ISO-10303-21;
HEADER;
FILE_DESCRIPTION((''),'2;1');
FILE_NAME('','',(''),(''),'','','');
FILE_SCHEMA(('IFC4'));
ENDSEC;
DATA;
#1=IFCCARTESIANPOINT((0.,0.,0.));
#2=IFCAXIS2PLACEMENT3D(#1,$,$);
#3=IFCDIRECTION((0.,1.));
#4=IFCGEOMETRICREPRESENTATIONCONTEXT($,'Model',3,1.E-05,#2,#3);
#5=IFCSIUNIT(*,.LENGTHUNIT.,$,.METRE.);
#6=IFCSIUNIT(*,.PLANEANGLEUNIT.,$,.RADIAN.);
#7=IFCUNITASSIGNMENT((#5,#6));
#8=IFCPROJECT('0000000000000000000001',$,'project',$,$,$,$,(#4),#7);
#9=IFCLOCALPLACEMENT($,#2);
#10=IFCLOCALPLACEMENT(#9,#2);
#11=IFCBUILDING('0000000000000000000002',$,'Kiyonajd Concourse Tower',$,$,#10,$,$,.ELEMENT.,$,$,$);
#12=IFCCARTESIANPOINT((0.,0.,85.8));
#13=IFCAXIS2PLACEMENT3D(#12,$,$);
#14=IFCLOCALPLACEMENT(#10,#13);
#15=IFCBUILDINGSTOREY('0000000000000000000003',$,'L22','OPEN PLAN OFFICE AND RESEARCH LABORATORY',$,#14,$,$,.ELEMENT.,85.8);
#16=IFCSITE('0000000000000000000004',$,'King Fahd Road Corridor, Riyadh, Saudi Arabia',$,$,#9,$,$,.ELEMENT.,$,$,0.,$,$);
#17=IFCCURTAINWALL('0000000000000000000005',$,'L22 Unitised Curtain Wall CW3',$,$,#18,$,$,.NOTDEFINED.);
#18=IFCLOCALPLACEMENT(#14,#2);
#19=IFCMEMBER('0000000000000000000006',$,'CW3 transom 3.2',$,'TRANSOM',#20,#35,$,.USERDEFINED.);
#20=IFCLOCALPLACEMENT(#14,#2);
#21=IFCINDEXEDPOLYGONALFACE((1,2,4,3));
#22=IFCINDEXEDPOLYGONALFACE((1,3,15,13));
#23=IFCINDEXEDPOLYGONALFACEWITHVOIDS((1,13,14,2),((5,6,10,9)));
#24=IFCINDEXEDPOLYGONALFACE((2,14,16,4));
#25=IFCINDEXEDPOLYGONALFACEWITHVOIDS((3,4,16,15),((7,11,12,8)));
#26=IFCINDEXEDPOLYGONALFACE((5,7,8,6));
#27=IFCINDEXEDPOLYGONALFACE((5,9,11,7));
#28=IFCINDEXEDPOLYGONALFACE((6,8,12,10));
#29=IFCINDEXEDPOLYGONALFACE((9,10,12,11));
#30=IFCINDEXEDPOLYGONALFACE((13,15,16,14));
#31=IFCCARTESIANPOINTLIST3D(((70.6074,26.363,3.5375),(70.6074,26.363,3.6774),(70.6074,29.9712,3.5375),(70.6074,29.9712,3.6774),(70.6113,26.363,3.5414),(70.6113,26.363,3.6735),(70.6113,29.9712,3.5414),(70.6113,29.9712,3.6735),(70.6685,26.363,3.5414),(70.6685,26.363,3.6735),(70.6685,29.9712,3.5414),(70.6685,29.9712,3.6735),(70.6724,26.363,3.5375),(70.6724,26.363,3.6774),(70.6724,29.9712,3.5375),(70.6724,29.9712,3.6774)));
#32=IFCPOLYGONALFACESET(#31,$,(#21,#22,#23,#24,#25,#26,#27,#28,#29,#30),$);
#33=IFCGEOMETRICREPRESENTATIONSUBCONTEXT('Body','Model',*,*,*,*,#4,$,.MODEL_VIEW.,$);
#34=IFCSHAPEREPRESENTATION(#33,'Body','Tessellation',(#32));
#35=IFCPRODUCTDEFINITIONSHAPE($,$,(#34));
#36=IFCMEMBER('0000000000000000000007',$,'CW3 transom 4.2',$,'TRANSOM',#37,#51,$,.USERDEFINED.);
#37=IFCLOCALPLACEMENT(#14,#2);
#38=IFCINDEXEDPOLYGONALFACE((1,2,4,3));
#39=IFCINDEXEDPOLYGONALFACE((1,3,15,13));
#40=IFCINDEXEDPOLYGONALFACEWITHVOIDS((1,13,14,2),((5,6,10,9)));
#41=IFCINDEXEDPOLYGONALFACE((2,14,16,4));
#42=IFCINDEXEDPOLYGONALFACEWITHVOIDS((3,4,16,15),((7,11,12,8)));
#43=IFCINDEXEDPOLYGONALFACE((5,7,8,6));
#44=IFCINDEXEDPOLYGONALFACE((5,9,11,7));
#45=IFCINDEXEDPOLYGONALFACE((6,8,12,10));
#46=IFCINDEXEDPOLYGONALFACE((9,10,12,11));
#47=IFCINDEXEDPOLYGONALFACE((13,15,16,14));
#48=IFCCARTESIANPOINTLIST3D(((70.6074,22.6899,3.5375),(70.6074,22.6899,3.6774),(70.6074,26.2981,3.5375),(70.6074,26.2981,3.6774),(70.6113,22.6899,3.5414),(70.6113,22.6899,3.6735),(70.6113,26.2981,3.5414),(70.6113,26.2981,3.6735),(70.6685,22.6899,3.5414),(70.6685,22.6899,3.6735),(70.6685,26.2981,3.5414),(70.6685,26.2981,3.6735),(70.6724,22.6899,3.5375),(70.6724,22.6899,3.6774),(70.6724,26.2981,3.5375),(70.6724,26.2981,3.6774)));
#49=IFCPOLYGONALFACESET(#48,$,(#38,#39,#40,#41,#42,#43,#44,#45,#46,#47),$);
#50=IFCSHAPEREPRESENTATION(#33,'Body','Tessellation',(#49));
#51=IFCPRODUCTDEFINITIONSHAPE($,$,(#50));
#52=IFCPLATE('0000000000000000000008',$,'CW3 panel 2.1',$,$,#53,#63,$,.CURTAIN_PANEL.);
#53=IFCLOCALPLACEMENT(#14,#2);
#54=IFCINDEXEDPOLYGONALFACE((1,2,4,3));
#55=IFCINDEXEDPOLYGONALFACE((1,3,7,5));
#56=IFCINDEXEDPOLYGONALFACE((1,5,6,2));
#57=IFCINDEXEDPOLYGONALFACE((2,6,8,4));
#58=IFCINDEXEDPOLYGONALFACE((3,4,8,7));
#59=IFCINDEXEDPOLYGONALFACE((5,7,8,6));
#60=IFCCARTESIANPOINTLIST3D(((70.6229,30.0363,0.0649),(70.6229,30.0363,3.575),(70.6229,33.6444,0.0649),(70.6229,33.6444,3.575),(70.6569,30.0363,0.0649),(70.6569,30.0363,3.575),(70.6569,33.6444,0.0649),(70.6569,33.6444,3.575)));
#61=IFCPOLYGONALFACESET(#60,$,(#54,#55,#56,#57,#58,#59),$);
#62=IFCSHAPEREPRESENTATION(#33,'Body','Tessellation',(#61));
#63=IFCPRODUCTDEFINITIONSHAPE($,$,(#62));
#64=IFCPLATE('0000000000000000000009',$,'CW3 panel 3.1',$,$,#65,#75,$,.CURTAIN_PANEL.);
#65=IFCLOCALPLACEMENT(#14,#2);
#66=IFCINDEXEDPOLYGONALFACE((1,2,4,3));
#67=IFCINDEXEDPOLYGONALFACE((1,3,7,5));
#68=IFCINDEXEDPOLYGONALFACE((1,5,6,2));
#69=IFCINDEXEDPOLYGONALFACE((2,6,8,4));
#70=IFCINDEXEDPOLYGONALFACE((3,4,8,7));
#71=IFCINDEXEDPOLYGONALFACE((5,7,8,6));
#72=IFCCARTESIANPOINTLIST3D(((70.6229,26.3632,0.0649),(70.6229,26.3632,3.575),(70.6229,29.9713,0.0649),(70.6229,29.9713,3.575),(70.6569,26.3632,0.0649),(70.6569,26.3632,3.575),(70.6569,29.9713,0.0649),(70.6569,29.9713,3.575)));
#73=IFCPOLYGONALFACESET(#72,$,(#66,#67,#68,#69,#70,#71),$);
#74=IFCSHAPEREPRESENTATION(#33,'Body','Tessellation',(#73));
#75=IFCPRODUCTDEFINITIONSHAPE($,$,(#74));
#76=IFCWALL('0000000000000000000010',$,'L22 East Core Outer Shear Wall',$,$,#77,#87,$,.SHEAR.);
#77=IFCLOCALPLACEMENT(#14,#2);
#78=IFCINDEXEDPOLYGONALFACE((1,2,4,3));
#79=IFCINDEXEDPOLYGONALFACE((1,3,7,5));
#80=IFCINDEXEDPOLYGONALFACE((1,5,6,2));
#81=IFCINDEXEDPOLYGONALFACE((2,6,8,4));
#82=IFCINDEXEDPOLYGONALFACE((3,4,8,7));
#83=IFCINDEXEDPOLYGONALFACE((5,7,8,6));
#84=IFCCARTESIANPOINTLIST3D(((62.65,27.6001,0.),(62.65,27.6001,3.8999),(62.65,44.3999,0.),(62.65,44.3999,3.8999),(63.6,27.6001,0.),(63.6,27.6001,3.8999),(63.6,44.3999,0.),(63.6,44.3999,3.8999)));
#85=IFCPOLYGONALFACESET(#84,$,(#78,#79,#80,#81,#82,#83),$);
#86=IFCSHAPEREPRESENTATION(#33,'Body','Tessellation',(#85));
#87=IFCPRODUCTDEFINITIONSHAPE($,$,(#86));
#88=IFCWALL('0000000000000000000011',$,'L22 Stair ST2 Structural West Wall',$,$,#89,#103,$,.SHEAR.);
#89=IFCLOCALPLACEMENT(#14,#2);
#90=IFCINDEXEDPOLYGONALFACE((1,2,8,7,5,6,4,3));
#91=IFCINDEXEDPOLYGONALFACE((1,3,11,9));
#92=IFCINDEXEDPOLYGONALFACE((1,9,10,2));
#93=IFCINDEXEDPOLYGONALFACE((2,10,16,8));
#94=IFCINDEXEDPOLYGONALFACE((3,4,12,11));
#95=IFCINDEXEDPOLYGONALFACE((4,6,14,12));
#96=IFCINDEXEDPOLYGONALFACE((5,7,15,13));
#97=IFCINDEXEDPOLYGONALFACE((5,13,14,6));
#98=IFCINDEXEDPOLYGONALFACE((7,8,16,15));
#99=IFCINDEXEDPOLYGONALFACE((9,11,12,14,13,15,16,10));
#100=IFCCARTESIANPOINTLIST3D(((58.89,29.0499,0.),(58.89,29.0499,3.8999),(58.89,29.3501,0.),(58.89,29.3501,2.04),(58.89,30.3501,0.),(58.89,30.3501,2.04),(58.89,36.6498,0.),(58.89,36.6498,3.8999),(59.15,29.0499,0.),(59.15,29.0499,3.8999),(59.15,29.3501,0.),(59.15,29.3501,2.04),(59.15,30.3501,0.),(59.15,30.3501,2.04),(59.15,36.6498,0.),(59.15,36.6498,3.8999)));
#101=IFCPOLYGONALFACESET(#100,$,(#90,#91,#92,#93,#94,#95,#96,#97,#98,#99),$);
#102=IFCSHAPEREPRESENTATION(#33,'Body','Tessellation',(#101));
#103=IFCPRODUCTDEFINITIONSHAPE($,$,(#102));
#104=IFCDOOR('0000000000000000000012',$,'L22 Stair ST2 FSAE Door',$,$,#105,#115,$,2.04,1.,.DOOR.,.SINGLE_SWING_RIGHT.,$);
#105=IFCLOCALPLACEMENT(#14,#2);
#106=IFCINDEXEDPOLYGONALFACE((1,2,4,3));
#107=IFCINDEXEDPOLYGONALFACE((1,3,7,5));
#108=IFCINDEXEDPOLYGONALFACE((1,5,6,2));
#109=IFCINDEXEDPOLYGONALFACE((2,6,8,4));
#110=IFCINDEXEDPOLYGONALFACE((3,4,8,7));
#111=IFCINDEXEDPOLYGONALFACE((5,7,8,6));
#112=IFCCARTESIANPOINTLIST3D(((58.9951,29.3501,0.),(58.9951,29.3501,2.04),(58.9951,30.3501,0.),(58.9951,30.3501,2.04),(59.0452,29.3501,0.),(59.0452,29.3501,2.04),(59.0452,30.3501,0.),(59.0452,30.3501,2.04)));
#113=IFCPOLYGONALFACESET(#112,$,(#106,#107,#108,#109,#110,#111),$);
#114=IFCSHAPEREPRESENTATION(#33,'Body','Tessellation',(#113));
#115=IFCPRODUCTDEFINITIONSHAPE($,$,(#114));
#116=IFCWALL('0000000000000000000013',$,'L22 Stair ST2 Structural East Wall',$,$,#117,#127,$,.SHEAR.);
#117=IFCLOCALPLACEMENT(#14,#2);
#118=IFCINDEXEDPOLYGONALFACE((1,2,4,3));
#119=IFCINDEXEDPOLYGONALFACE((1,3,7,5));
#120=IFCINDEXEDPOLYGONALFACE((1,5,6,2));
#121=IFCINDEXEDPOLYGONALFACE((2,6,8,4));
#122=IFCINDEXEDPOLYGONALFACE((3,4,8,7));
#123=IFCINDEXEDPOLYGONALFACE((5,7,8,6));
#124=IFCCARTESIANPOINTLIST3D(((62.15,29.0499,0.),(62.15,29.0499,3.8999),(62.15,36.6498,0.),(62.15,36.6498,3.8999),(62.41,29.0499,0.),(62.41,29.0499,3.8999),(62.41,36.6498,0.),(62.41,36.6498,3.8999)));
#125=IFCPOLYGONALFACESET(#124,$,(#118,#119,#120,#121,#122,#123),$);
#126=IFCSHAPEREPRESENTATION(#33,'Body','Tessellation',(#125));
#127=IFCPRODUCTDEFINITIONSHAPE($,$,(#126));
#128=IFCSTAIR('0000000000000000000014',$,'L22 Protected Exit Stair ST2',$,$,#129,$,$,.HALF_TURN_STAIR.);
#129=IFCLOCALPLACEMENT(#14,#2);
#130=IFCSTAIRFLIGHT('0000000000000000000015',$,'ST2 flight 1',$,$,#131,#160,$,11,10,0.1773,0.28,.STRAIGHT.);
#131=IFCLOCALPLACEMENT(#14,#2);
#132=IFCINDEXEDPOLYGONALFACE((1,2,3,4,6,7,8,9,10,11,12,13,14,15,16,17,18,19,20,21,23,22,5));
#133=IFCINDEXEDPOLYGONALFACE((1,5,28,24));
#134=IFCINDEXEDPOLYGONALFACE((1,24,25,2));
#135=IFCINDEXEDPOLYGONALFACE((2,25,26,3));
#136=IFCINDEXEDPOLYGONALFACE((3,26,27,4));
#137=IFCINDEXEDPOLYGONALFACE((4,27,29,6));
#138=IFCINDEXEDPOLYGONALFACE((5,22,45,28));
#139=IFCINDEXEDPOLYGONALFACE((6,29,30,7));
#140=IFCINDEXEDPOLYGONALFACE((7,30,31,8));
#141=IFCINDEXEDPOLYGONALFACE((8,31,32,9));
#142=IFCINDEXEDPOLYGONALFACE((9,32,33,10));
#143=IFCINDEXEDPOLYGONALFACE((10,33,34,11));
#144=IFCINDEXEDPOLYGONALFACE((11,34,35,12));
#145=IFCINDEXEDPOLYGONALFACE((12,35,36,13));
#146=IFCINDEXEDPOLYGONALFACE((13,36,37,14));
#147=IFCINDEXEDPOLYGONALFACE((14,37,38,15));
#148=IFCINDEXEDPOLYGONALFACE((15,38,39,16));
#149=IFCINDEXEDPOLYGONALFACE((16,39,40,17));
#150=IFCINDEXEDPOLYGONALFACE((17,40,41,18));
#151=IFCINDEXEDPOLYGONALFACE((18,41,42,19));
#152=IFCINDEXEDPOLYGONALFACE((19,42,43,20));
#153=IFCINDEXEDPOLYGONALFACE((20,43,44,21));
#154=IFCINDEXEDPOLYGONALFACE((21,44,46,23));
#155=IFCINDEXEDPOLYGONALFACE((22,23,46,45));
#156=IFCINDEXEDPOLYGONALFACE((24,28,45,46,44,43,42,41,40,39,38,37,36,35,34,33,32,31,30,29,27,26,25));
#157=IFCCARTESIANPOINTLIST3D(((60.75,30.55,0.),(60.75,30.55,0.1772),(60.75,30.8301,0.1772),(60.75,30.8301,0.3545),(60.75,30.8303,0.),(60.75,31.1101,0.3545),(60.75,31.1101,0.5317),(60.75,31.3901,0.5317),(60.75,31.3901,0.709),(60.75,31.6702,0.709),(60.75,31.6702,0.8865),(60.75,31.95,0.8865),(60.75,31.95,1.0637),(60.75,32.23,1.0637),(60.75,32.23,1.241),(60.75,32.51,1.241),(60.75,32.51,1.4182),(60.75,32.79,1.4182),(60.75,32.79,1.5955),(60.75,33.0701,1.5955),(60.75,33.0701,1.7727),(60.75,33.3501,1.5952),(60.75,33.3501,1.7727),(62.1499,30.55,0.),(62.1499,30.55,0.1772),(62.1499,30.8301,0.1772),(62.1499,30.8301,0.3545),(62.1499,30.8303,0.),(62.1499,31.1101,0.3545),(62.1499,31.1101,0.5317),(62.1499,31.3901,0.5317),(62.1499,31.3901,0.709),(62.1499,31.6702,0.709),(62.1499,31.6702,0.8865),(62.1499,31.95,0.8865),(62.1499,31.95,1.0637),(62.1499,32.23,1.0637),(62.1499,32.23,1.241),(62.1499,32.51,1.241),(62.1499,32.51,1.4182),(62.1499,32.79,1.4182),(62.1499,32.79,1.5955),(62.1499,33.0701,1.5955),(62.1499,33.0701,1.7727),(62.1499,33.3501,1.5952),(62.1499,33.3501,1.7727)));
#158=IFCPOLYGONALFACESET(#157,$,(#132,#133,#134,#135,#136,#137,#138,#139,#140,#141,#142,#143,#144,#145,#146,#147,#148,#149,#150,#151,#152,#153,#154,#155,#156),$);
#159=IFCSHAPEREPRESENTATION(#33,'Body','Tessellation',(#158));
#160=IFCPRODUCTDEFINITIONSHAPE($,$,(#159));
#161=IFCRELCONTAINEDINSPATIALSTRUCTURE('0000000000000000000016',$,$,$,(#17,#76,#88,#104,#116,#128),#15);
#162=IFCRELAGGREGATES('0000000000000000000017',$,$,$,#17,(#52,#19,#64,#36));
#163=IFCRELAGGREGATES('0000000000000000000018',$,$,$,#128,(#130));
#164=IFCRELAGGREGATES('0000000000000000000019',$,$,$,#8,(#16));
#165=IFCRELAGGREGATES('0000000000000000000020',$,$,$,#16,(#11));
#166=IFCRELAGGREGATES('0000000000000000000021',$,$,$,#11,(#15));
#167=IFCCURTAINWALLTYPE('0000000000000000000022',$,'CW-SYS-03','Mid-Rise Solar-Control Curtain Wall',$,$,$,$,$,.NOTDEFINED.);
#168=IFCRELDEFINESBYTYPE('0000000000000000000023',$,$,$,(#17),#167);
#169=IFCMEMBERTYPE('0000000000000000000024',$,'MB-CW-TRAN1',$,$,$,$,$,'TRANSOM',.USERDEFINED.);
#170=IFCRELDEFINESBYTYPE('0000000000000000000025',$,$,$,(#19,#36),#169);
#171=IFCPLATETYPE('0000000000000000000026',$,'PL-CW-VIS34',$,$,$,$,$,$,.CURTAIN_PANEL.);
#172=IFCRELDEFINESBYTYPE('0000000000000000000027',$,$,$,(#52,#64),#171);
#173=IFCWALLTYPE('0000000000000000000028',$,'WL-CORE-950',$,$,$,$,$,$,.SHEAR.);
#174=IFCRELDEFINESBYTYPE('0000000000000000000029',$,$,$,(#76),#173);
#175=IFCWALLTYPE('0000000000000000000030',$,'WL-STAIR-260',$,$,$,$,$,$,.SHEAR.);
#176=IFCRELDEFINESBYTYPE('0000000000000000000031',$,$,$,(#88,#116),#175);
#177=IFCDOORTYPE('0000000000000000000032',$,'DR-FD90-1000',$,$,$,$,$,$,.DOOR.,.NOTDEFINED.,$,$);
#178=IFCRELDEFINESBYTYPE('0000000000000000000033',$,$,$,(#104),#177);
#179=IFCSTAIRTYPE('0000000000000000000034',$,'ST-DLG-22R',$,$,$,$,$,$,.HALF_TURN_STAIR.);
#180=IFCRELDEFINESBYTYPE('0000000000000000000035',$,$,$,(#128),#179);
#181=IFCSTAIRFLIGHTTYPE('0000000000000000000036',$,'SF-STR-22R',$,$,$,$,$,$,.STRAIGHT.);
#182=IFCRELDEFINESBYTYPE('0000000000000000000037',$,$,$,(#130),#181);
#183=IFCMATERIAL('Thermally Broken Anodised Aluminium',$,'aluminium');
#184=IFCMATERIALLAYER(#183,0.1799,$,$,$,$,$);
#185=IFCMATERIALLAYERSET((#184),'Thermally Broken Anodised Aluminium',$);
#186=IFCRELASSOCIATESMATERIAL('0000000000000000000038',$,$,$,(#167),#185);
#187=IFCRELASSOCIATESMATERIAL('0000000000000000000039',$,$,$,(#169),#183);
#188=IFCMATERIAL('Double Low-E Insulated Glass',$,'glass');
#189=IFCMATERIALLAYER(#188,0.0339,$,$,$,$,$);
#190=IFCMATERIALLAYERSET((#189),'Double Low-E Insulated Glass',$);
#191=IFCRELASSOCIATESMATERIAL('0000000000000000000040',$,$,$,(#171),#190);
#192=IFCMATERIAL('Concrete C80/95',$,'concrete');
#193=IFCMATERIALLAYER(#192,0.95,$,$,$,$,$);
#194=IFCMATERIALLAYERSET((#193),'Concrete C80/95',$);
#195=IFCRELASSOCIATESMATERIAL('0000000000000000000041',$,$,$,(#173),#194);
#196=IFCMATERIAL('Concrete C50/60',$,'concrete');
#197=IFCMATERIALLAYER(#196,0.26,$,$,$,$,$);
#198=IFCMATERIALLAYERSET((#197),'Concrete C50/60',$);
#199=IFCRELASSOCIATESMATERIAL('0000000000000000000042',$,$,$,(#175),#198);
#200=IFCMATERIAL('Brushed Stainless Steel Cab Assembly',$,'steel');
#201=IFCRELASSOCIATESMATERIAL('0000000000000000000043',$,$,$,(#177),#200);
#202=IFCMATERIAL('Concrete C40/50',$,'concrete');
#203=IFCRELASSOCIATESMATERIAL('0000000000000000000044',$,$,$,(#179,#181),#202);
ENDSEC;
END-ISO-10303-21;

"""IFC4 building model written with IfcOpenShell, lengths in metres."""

from ifc_helpers import new_model, si_unit, direction, frame, frame_2d, origin, origin_2d, place, context, subcontext, project, spatial, polyline, rectangle, hollow_rectangle, outline, extrude, material, layer, layer_set, material_profile, profile_set, type_object, element, fill, aggregate, save


model = new_model("IFC4")

# Units and contexts
model_context = context("Model", 3, precision=1e-05, world=origin(), true_north=direction((0.0, 1.0)))
body_context = subcontext(model_context, "Body", "Model", "MODEL_VIEW")
ifc_project = project(units=[si_unit("LENGTHUNIT", "METRE"), si_unit("PLANEANGLEUNIT", "RADIAN")], contexts=[model_context])

# Site, building, storey
site_placement = place(None, origin())
site = spatial("IfcSite", under=ifc_project, at=site_placement, Name="King Fahd Road Corridor, Riyadh, Saudi Arabia", CompositionType="ELEMENT", RefElevation=0.0)
building_placement = place(site_placement, origin())
building = spatial("IfcBuilding", under=site, at=building_placement, Name="Kiyonajd Concourse Tower", CompositionType="ELEMENT")
storey_placement = place(building_placement, frame((0.0, 0.0, 85.8)))
storey = spatial("IfcBuildingStorey", under=building, at=storey_placement, Name="L22", Description="OPEN PLAN OFFICE AND RESEARCH LABORATORY", CompositionType="ELEMENT", Elevation=85.8)

# Shared definitions
ifc_material_1 = material(Name="Concrete C80/95", Category="concrete")

# Shared definitions
ifc_material_2 = material(Name="Concrete C50/60", Category="concrete")

# Curtain wall, members, plates
ifc_material_3 = material(Name="Thermally Broken Anodised Aluminium", Category="aluminium")
ifc_layer_1 = layer(ifc_material_3, 0.1799)
ifc_layer_set_1 = layer_set([ifc_layer_1], Name="Thermally Broken Anodised Aluminium")
curtain_wall_type = type_object("IfcCurtainWallType", Name="CW-SYS-03", Description="Mid-Rise Solar-Control Curtain Wall", PredefinedType="NOTDEFINED", material=ifc_layer_set_1)
curtain_wall_placement = place(storey_placement, origin())
curtain_wall = element("IfcCurtainWall", 1, at=curtain_wall_placement, inside=storey, type_object=curtain_wall_type, Name="L22 Unitised Curtain Wall CW3", PredefinedType="NOTDEFINED")
ifc_material_profile_1 = material_profile(ifc_material_3, hollow_rectangle(XDim=0.0649, YDim=0.1399, WallThickness=0.0039, at=origin_2d()), Name="TRAN-65x140")
ifc_profile_set_1 = profile_set([ifc_material_profile_1], Name="Thermally Broken Anodised Aluminium")
member_type_1 = type_object("IfcMemberType", Name="MB-CW-TRAN1", ElementType="TRANSOM", PredefinedType="USERDEFINED", material=ifc_profile_set_1)
member_1_placement = place(storey_placement, frame((70.6399, 29.9712, 3.6074), z_axis=(0.0, -1.0, 0.0), x_axis=(1.0, 0.0, 0.0)))
member_1 = element("IfcMember", 2, at=member_1_placement, type_object=member_type_1, Name="CW3 transom 3.2", ObjectType="TRANSOM", PredefinedType="USERDEFINED", context=body_context, shape_type="SweptSolid", body=[
    extrude(hollow_rectangle(XDim=0.0649, YDim=0.1399, WallThickness=0.0039, at=origin_2d()), origin(), (0.0, 0.0, 1.0), 3.6082),
])
member_2_placement = place(storey_placement, frame((70.6399, 26.2981, 3.6074), z_axis=(0.0, -1.0, 0.0), x_axis=(1.0, 0.0, 0.0)))
member_2 = element("IfcMember", 3, at=member_2_placement, type_object=member_type_1, Name="CW3 transom 4.2", ObjectType="TRANSOM", PredefinedType="USERDEFINED", context=body_context, shape_type="SweptSolid", body=[
    extrude(hollow_rectangle(XDim=0.0649, YDim=0.1399, WallThickness=0.0039, at=origin_2d()), origin(), (0.0, 0.0, 1.0), 3.6082),
])
ifc_material_4 = material(Name="Double Low-E Insulated Glass", Category="glass")
ifc_layer_2 = layer(ifc_material_4, 0.0339)
ifc_layer_set_2 = layer_set([ifc_layer_2], Name="Double Low-E Insulated Glass")
plate_type = type_object("IfcPlateType", Name="PL-CW-VIS34", PredefinedType="CURTAIN_PANEL", material=ifc_layer_set_2)
plate_1_placement = place(storey_placement, frame((70.6399, 31.8403, 0.0649), z_axis=(0.0, 0.0, 1.0), x_axis=(0.0, -1.0, 0.0)))
plate_1 = element("IfcPlate", 4, at=plate_1_placement, type_object=plate_type, Name="CW3 panel 2.1", PredefinedType="CURTAIN_PANEL", context=body_context, shape_type="SweptSolid", body=[
    extrude(rectangle(XDim=3.6082, YDim=0.0339, at=origin_2d()), origin(), (0.0, 0.0, 1.0), 3.51),
])
plate_2_placement = place(storey_placement, frame((70.6399, 28.1672, 0.0649), z_axis=(0.0, 0.0, 1.0), x_axis=(0.0, -1.0, 0.0)))
plate_2 = element("IfcPlate", 5, at=plate_2_placement, type_object=plate_type, Name="CW3 panel 3.1", PredefinedType="CURTAIN_PANEL", context=body_context, shape_type="SweptSolid", body=[
    extrude(rectangle(XDim=3.6082, YDim=0.0339, at=origin_2d()), origin(), (0.0, 0.0, 1.0), 3.51),
])
aggregate(curtain_wall, [plate_1, member_1, plate_2, member_2])

# Wall
ifc_layer_3 = layer(ifc_material_1, 0.95)
ifc_layer_set_3 = layer_set([ifc_layer_3], Name="Concrete C80/95")
wall_type_1 = type_object("IfcWallType", Name="WL-CORE-950", PredefinedType="SHEAR", material=ifc_layer_set_3)
wall_1_placement = place(storey_placement, frame((63.125, 27.6001, 0.0), z_axis=(0.0, 0.0, 1.0), x_axis=(0.0, 1.0, 0.0)))
element("IfcWall", 6, at=wall_1_placement, inside=storey, type_object=wall_type_1, Name="L22 East Core Outer Shear Wall", PredefinedType="SHEAR", context=body_context, shape_type="SweptSolid", body=[
    extrude(rectangle(XDim=16.7998, YDim=0.95, at=frame_2d((8.3999, 0.0))), origin(), (0.0, 0.0, 1.0), 3.8999),
])

# Wall, opening, door
ifc_layer_4 = layer(ifc_material_2, 0.26)
ifc_layer_set_4 = layer_set([ifc_layer_4], Name="Concrete C50/60")
wall_type_2 = type_object("IfcWallType", Name="WL-STAIR-260", PredefinedType="SHEAR", material=ifc_layer_set_4)
wall_2_placement = place(storey_placement, frame((59.02, 29.05, 0.0), z_axis=(0.0, 0.0, 1.0), x_axis=(0.0, 1.0, 0.0)))
wall_2 = element("IfcWall", 7, at=wall_2_placement, inside=storey, type_object=wall_type_2, Name="L22 Stair ST2 Structural West Wall", PredefinedType="SHEAR", context=body_context, shape_type="SweptSolid", body=[
    extrude(rectangle(XDim=7.5999, YDim=0.26, at=frame_2d((3.7998, 0.0))), origin(), (0.0, 0.0, 1.0), 3.8999),
])
opening_placement = place(wall_2_placement, frame((0.3, 0.0, 0.0)))
opening = element("IfcOpeningElement", 8, at=opening_placement, cuts=wall_2, PredefinedType="OPENING", context=body_context, shape_type="SweptSolid", body=[
    extrude(rectangle(XDim=1.0, YDim=2.04, at=frame_2d((0.5, 1.02))), frame((0.0, 0.1399, 0.0), z_axis=(0.0, -1.0, 0.0), x_axis=(1.0, 0.0, 0.0)), (0.0, 0.0, 1.0), 0.28),
])
ifc_material_5 = material(Name="Brushed Stainless Steel Cab Assembly", Category="steel")
door_type = type_object("IfcDoorType", Name="DR-FD90-1000", OperationType="NOTDEFINED", PredefinedType="DOOR", material=ifc_material_5)
door_placement = place(opening_placement, origin())
door = element("IfcDoor", 9, at=door_placement, inside=storey, type_object=door_type, Name="L22 Stair ST2 FSAE Door", OperationType="SINGLE_SWING_RIGHT", OverallHeight=2.04, OverallWidth=1.0, PredefinedType="DOOR", context=body_context, shape_type="SweptSolid", body=[
    extrude(rectangle(XDim=1.0, YDim=2.04, at=frame_2d((0.5, 1.02))), frame((0.0, 0.0249, 0.0), z_axis=(0.0, -1.0, 0.0), x_axis=(1.0, 0.0, 0.0)), (0.0, 0.0, 1.0), 0.05),
])
fill(opening, door)

# Wall
wall_3_placement = place(storey_placement, frame((62.28, 29.05, 0.0), z_axis=(0.0, 0.0, 1.0), x_axis=(0.0, 1.0, 0.0)))
element("IfcWall", 10, at=wall_3_placement, inside=storey, type_object=wall_type_2, Name="L22 Stair ST2 Structural East Wall", PredefinedType="SHEAR", context=body_context, shape_type="SweptSolid", body=[
    extrude(rectangle(XDim=7.5999, YDim=0.26, at=frame_2d((3.7998, 0.0))), origin(), (0.0, 0.0, 1.0), 3.8999),
])

# Stair, stair flight
ifc_material_6 = material(Name="Concrete C40/50", Category="concrete")
stair_type = type_object("IfcStairType", Name="ST-DLG-22R", PredefinedType="HALF_TURN_STAIR", material=ifc_material_6)
stair_placement = place(storey_placement, origin())
stair = element("IfcStair", 11, at=stair_placement, inside=storey, type_object=stair_type, Name="L22 Protected Exit Stair ST2", PredefinedType="HALF_TURN_STAIR")
stair_flight_type = type_object("IfcStairFlightType", Name="SF-STR-22R", PredefinedType="STRAIGHT", material=ifc_material_6)
stair_flight_1_placement = place(storey_placement, frame((61.45, 30.55, 0.0), z_axis=(0.0, 0.0, 1.0), x_axis=(0.0, 1.0, 0.0)))
stair_flight_1 = element("IfcStairFlight", 12, at=stair_flight_1_placement, type_object=stair_flight_type, Name="ST2 flight 1", NumberOfRisers=11, NumberOfTreads=10, PredefinedType="STRAIGHT", RiserHeight=0.1773, TreadLength=0.28, context=body_context, shape_type="SweptSolid", body=[
    extrude(outline(polyline([(0.0, 0.0), (0.0, 0.1772), (0.28, 0.1772), (0.28, 0.3545), (0.5601, 0.3545), (0.5601, 0.5317), (0.8401, 0.5317), (0.8401, 0.709), (1.1201, 0.709), (1.1201, 0.8865), (1.3999, 0.8865), (1.3999, 1.0637), (1.6799, 1.0637), (1.6799, 1.241), (1.96, 1.241), (1.96, 1.4182), (2.24, 1.4182), (2.24, 1.5955), (2.52, 1.5955), (2.52, 1.7727), (2.8, 1.7727), (2.8, 1.95), (2.8, 1.5952), (0.2803, 0.0), (0.0, 0.0)])), frame((0.0, 0.7, 0.0), z_axis=(0.0, -1.0, 0.0), x_axis=(1.0, 0.0, 0.0)), (0.0, 0.0, 1.0), 1.3999),
])
aggregate(stair, [stair_flight_1])

save(model, "model.ifc")
